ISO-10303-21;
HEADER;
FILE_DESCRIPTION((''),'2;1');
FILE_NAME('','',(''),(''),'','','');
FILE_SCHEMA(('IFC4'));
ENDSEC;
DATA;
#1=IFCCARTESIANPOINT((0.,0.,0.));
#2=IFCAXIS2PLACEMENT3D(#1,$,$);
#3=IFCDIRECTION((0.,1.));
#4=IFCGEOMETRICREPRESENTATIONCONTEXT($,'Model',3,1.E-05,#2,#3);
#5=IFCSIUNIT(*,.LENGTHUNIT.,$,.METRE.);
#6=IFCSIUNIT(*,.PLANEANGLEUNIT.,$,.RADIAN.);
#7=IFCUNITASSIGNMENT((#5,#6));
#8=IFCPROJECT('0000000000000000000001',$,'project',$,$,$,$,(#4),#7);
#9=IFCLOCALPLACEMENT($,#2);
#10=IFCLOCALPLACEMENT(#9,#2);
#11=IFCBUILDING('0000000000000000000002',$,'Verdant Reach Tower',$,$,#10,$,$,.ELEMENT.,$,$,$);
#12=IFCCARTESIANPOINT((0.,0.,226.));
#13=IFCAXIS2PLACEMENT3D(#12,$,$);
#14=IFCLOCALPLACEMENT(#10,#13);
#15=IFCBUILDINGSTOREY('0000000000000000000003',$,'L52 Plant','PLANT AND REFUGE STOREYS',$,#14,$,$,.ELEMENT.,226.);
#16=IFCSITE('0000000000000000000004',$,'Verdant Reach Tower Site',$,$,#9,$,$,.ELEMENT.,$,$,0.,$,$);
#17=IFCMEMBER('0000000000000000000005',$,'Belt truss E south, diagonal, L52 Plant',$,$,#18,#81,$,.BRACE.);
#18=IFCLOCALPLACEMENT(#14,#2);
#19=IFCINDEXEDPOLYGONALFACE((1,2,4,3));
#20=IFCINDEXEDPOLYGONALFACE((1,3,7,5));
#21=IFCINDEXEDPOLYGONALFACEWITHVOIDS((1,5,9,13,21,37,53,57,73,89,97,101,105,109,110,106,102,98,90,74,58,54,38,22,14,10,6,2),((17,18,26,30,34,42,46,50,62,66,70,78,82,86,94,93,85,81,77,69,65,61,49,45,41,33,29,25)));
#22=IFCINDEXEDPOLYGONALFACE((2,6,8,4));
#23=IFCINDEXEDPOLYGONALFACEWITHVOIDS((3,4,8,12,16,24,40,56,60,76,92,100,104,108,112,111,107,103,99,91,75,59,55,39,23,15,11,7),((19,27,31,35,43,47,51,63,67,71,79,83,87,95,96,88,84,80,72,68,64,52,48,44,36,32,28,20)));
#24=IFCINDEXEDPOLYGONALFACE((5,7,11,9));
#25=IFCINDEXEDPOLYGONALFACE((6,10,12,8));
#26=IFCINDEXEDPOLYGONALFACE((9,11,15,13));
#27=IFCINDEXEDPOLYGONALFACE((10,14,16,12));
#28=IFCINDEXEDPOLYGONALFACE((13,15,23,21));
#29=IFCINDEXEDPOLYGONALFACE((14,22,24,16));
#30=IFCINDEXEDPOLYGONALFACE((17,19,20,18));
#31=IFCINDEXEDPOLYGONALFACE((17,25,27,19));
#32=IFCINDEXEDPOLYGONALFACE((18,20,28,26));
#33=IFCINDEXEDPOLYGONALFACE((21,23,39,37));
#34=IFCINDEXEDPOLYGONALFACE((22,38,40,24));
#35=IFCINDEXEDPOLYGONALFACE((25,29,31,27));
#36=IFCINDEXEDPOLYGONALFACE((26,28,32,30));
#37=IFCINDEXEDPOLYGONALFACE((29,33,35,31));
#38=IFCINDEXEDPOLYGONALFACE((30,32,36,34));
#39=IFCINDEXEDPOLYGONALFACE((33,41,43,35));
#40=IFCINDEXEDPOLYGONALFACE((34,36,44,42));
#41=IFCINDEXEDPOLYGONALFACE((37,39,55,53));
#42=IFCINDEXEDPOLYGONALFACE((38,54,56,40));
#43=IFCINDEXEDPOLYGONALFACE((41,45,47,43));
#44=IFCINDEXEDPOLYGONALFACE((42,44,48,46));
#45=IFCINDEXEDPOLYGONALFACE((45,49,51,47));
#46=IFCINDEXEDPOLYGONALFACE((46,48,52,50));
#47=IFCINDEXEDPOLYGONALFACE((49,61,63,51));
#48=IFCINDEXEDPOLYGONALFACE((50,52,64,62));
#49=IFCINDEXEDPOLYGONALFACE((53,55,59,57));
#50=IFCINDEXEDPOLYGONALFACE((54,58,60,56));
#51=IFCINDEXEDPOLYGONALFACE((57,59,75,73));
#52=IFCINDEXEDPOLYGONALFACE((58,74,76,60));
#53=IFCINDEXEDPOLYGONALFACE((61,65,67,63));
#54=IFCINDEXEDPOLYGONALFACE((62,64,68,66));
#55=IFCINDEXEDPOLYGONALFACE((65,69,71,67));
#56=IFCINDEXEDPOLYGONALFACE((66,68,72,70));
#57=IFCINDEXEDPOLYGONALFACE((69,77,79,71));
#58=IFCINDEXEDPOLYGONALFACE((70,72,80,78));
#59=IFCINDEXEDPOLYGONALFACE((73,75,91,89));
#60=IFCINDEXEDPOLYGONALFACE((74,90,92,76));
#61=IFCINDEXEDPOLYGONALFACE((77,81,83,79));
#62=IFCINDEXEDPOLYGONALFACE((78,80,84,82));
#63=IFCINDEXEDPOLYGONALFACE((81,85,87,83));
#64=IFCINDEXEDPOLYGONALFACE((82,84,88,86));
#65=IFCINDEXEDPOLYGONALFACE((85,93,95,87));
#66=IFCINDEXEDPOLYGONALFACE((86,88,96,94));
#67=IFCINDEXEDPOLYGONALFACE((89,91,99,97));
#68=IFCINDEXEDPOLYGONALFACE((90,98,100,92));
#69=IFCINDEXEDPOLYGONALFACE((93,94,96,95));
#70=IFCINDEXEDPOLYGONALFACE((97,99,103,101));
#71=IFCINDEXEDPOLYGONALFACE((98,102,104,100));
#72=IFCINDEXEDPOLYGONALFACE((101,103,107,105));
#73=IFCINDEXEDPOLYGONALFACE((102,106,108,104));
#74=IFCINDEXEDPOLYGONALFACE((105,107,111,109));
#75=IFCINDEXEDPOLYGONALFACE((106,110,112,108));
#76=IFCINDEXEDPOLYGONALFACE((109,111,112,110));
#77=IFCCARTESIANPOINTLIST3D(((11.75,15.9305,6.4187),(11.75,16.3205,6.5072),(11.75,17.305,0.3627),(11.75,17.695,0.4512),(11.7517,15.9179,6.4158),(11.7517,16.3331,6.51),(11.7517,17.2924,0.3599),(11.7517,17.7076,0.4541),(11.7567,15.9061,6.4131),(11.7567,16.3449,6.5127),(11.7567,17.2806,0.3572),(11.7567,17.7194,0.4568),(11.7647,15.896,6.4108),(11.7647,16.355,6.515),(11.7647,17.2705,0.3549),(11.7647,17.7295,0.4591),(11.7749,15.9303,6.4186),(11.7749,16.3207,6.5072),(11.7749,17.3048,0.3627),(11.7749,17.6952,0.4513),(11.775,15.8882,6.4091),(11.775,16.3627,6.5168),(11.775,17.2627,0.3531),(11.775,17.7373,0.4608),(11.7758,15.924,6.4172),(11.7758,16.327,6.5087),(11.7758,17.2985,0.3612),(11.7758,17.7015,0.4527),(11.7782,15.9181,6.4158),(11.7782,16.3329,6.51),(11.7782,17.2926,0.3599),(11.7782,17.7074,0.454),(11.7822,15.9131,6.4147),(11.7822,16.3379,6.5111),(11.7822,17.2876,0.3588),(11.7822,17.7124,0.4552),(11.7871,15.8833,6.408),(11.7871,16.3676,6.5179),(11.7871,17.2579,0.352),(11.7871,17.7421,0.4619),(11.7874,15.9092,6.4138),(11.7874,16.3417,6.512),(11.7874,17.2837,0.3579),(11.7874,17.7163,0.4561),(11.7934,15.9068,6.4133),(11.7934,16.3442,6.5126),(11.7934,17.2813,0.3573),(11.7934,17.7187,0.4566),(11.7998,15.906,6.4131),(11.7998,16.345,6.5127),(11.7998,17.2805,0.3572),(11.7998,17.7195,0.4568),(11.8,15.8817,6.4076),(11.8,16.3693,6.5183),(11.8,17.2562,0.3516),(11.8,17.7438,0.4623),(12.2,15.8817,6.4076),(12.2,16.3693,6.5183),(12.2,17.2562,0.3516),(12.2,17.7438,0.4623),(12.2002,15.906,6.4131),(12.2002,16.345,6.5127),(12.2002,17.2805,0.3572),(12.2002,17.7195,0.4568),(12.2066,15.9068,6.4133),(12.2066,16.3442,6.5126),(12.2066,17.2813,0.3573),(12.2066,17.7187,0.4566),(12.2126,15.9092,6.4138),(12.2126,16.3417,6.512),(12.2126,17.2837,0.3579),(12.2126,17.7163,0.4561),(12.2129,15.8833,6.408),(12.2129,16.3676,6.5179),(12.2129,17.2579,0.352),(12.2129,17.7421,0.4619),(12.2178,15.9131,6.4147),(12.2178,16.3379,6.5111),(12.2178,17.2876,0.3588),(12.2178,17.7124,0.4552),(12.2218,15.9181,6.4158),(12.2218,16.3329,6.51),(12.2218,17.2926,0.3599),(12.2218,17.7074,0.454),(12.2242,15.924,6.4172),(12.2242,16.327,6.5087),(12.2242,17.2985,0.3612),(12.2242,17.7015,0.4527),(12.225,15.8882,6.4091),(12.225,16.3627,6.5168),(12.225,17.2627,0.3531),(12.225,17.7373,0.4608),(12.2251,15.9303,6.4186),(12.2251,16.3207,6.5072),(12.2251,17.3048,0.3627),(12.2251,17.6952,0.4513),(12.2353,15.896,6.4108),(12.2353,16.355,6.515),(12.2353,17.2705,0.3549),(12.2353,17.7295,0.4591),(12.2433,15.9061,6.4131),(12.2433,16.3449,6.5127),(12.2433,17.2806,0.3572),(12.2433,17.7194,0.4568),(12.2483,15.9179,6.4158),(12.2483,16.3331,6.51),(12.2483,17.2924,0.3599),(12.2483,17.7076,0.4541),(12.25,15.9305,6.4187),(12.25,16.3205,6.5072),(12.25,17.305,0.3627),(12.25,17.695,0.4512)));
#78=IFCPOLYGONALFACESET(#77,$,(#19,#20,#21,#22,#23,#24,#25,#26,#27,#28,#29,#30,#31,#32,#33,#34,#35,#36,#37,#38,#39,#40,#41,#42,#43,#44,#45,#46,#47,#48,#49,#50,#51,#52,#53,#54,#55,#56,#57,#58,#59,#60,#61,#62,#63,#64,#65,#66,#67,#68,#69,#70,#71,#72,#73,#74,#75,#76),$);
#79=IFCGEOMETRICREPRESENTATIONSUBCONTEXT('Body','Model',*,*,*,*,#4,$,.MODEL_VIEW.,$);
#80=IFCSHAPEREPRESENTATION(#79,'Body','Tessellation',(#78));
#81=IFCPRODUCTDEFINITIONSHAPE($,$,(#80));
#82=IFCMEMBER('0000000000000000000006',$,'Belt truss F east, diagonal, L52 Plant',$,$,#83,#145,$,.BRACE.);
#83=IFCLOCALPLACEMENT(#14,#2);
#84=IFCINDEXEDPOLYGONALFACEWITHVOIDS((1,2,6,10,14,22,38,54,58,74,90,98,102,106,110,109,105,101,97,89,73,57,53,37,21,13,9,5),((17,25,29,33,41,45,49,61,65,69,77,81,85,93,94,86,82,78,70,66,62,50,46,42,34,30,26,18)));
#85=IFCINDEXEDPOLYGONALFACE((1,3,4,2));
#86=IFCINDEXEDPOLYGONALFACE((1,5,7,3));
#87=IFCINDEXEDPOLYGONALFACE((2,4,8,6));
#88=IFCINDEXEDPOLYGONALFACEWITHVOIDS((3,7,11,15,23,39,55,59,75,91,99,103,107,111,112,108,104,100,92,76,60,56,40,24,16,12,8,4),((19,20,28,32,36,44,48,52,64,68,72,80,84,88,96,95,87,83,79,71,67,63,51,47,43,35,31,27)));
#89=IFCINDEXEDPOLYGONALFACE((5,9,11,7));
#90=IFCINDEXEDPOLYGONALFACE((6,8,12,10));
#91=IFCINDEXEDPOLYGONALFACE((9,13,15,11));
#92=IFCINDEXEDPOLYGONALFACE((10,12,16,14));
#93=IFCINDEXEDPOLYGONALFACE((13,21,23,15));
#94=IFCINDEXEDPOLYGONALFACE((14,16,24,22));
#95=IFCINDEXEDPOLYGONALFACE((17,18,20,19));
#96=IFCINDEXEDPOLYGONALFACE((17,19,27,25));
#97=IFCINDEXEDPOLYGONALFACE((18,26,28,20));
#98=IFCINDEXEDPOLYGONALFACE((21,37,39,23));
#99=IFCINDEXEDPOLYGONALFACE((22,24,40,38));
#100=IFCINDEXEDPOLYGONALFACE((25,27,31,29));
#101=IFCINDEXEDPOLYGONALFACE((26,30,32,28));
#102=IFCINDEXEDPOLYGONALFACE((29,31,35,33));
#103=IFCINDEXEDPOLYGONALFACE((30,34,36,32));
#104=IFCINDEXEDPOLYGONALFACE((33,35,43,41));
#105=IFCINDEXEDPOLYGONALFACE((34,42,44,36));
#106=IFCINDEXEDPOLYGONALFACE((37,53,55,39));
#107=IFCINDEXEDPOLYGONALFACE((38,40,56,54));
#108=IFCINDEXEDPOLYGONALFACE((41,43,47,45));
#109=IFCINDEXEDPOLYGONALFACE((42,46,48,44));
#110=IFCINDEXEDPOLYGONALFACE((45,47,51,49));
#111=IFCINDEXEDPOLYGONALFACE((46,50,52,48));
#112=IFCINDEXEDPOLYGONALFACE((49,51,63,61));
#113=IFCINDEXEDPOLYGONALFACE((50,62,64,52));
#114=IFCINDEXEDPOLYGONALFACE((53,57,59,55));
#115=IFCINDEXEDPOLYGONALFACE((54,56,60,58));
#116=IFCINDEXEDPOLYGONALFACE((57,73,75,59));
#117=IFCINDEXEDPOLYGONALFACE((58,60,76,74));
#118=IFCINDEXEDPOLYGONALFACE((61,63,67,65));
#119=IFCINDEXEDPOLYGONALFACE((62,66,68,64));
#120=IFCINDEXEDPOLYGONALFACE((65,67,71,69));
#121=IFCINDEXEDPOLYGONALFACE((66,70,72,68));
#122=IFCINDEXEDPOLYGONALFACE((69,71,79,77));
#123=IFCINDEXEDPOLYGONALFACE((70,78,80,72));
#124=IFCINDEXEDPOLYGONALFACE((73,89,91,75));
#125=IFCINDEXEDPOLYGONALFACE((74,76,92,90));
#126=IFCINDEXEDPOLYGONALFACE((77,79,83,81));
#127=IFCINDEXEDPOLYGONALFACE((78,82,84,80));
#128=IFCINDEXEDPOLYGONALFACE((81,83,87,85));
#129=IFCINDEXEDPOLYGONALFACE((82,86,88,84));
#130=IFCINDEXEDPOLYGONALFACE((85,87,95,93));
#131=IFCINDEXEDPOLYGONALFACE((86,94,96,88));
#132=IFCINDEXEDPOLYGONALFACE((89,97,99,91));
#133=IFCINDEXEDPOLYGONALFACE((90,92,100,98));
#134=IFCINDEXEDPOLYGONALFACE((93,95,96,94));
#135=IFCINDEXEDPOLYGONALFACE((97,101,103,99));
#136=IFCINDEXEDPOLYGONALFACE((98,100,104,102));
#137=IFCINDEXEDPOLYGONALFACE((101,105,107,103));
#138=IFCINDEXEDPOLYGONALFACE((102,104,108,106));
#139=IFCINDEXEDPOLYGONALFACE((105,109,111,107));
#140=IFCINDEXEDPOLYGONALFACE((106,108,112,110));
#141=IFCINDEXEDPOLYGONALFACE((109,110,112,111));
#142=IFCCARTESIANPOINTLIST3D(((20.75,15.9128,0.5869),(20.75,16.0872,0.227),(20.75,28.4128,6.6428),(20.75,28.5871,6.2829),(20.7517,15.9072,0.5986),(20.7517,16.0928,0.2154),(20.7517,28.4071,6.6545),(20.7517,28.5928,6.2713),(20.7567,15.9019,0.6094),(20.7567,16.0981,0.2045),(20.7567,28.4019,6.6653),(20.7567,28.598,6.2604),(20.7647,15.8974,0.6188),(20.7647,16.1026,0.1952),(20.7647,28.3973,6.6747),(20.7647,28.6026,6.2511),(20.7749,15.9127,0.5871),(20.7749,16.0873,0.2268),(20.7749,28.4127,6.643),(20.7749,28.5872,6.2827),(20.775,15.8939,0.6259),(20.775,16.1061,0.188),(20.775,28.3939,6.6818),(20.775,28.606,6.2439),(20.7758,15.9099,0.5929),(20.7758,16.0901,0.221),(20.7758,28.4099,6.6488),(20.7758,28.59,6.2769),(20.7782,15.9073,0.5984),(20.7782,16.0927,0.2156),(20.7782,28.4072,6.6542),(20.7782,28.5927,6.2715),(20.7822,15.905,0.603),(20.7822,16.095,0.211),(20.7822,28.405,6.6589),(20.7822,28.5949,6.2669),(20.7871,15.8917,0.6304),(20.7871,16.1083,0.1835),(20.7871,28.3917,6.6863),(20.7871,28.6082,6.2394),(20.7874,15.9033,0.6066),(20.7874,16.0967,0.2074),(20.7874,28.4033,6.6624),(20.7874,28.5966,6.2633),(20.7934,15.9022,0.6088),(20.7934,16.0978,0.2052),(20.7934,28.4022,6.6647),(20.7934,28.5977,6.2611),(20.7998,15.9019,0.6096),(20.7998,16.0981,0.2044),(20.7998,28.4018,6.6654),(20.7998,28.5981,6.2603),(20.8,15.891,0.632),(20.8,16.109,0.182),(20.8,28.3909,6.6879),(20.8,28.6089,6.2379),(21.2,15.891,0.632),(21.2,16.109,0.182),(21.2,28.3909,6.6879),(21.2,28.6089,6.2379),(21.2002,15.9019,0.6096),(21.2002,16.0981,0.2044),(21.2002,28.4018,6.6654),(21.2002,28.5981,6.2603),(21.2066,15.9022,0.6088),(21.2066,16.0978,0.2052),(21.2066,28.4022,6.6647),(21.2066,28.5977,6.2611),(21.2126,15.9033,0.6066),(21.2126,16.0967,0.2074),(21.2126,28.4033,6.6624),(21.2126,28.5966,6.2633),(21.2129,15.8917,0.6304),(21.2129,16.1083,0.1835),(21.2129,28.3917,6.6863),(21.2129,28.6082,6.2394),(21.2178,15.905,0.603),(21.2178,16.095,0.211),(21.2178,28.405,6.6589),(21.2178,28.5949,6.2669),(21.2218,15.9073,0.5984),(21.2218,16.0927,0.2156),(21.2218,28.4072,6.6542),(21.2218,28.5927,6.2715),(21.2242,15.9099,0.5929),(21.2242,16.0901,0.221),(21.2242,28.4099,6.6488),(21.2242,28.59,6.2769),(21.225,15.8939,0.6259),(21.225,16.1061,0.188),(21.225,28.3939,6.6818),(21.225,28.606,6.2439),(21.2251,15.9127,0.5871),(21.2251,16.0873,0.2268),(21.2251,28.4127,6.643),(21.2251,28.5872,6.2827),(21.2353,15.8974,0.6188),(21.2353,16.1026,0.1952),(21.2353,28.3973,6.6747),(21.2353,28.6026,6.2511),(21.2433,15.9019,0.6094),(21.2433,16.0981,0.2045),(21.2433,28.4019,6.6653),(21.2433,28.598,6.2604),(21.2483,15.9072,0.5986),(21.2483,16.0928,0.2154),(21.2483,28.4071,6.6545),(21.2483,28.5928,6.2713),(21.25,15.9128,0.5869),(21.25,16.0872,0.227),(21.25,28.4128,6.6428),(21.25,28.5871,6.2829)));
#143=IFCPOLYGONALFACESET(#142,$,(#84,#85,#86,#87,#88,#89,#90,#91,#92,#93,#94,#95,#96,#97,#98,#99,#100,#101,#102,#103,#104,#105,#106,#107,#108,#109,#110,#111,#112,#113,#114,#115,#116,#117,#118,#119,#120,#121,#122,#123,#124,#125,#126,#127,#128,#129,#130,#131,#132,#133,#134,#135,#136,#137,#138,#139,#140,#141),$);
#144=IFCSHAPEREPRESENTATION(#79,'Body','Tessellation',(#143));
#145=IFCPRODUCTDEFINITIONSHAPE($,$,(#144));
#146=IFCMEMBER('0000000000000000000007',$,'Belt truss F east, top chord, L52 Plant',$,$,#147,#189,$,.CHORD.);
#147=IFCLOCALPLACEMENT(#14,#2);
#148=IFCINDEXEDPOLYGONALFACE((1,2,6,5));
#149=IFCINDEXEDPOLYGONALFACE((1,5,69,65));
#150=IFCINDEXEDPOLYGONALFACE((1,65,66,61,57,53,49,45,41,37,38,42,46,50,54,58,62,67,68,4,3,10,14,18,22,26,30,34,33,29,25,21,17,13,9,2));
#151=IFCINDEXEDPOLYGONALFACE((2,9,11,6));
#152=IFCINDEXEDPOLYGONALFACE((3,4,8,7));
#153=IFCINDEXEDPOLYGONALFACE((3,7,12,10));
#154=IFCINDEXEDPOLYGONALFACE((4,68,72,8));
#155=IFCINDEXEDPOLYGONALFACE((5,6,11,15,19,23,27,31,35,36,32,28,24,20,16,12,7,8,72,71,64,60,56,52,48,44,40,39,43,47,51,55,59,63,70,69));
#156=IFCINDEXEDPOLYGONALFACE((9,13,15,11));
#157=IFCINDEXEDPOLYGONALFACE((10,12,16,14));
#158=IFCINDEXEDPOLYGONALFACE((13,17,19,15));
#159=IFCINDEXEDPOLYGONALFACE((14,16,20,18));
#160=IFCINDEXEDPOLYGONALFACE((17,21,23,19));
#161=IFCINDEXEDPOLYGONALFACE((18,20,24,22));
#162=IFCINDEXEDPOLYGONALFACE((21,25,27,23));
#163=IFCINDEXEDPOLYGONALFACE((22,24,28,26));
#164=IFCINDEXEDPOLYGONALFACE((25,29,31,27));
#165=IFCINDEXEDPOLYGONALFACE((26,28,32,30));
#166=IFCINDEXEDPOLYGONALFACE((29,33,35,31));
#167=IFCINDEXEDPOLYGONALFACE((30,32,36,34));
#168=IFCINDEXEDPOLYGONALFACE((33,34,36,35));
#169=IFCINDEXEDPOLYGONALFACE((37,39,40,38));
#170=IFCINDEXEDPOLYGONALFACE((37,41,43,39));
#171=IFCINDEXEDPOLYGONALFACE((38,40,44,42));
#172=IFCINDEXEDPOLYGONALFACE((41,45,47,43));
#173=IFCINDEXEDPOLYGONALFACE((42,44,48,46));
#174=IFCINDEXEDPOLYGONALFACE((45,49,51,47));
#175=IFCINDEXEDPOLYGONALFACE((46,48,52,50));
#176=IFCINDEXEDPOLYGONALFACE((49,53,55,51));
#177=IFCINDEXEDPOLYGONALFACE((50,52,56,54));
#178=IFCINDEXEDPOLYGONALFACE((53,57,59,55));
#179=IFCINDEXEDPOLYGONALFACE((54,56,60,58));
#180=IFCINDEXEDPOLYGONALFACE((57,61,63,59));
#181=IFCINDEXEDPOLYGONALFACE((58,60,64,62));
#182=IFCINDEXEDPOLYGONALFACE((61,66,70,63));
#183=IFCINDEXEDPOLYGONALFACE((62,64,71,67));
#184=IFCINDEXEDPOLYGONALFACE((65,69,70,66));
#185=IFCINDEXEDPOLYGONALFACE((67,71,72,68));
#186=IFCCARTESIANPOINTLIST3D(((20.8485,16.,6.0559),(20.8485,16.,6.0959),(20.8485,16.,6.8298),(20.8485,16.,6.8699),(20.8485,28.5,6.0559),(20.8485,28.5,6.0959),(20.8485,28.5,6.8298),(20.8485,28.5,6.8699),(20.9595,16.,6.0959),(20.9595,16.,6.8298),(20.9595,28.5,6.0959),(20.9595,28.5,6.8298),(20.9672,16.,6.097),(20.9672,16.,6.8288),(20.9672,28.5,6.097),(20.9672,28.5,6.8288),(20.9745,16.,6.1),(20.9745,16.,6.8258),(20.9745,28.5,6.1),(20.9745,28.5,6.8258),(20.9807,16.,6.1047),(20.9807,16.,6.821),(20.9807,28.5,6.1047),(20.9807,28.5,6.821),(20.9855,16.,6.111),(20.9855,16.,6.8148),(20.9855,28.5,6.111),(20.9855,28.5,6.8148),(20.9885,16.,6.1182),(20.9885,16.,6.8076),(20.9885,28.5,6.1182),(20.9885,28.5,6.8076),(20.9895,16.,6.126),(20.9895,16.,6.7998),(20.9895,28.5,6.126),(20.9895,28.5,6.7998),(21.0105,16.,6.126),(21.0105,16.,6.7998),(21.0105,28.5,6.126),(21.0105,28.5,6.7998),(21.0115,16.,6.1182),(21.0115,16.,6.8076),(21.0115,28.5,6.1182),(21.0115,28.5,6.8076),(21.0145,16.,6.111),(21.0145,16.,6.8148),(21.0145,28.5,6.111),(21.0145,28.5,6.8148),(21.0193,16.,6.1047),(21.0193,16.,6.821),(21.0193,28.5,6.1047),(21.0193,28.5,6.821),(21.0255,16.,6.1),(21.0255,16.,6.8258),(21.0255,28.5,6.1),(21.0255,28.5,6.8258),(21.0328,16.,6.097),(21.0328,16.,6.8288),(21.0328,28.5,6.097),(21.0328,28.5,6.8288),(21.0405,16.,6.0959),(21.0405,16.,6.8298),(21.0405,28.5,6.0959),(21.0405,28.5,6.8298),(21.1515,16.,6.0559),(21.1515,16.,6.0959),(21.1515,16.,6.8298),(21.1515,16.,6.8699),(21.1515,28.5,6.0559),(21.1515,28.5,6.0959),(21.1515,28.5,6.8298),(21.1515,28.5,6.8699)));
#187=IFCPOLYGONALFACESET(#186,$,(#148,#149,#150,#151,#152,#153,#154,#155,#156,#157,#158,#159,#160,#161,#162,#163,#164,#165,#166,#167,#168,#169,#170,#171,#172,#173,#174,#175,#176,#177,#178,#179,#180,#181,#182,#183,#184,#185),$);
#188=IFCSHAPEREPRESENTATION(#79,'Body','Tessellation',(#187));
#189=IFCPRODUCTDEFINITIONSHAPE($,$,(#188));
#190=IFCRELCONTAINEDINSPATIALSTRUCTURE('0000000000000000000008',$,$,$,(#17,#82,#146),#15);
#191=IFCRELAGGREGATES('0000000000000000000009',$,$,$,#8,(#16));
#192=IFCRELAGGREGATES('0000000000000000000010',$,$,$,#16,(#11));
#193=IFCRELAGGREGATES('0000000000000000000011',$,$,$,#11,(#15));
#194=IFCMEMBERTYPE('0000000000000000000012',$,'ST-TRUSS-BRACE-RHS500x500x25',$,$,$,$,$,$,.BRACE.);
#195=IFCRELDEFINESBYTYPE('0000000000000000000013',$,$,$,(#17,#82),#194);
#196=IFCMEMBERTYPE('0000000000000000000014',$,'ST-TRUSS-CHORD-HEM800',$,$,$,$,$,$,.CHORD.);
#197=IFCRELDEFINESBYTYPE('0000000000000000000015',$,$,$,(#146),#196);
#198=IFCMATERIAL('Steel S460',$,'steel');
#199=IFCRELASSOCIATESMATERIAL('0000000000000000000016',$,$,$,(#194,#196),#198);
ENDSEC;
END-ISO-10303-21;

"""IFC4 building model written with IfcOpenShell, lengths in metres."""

from ifc_helpers import new_model, si_unit, direction, frame, origin, origin_2d, place, context, subcontext, project, spatial, hollow_rectangle, i_section, extrude, material, material_profile, profile_set, type_object, element, save


model = new_model("IFC4")

# Units and contexts
model_context = context("Model", 3, precision=1e-05, world=origin(), true_north=direction((0.0, 1.0)))
body_context = subcontext(model_context, "Body", "Model", "MODEL_VIEW")
ifc_project = project(units=[si_unit("LENGTHUNIT", "METRE"), si_unit("PLANEANGLEUNIT", "RADIAN")], contexts=[model_context])

# Site, building, storey
site_placement = place(None, origin())
site = spatial("IfcSite", under=ifc_project, at=site_placement, Name="Verdant Reach Tower Site", CompositionType="ELEMENT", RefElevation=0.0)
building_placement = place(site_placement, origin())
building = spatial("IfcBuilding", under=site, at=building_placement, Name="Verdant Reach Tower", CompositionType="ELEMENT")
storey_placement = place(building_placement, frame((0.0, 0.0, 226.0)))
storey = spatial("IfcBuildingStorey", under=building, at=storey_placement, Name="L52 Plant", Description="PLANT AND REFUGE STOREYS", CompositionType="ELEMENT", Elevation=226.0)

# Shared definitions
ifc_material_1 = material(Name="Steel S460", Category="steel")

# Members
ifc_material_profile_1 = material_profile(ifc_material_1, hollow_rectangle(XDim=0.5, YDim=0.5, WallThickness=0.0249, InnerFilletRadius=0.0249, OuterFilletRadius=0.05, at=origin_2d()), Name="RHS 500x500x25")
ifc_profile_set_1 = profile_set([ifc_material_profile_1], Name="Steel S460")
member_type_1 = type_object("IfcMemberType", Name="ST-TRUSS-BRACE-RHS500x500x25", PredefinedType="BRACE", material=ifc_profile_set_1)
member_1_placement = place(storey_placement, frame((12.0, 17.5, 0.407), z_axis=(0.0, -0.221341, 0.975197), x_axis=(1.0, 0.0, 0.0)))
element("IfcMember", 1, at=member_1_placement, inside=storey, type_object=member_type_1, Name="Belt truss E south, diagonal, L52 Plant", PredefinedType="BRACE", context=body_context, shape_type="SweptSolid", body=[
    extrude(hollow_rectangle(XDim=0.5, YDim=0.5, WallThickness=0.0249, InnerFilletRadius=0.0249, OuterFilletRadius=0.05, at=origin_2d()), origin(), (0.0, 0.0, 1.0), 6.21),
])
member_2_placement = place(storey_placement, frame((21.0, 16.0, 0.407), z_axis=(0.0, 0.899947, 0.436), x_axis=(-1.0, 0.0, 0.0)))
element("IfcMember", 2, at=member_2_placement, inside=storey, type_object=member_type_1, Name="Belt truss F east, diagonal, L52 Plant", PredefinedType="BRACE", context=body_context, shape_type="SweptSolid", body=[
    extrude(hollow_rectangle(XDim=0.5, YDim=0.5, WallThickness=0.0249, InnerFilletRadius=0.0249, OuterFilletRadius=0.05, at=origin_2d()), origin(), (0.0, 0.0, 1.0), 13.8896),
])
ifc_material_profile_2 = material_profile(ifc_material_1, i_section(OverallWidth=0.303, OverallDepth=0.814, WebThickness=0.021, FlangeThickness=0.04, FilletRadius=0.03, at=origin_2d()), Name="HEM 800")
ifc_profile_set_2 = profile_set([ifc_material_profile_2], Name="Steel S460")
member_type_2 = type_object("IfcMemberType", Name="ST-TRUSS-CHORD-HEM800", PredefinedType="CHORD", material=ifc_profile_set_2)
for number, where, z_axis, x_axis, name in (
    (3, (21.0, 16.0, 6.4629), (0.0, 1.0, 0.0), (-1.0, 0.0, 0.0), "Belt truss F east, top chord, L52 Plant"),
):
    element("IfcMember", number, at=place(storey_placement, frame(where, z_axis=z_axis, x_axis=x_axis)), inside=storey, type_object=member_type_2, Name=name, PredefinedType="CHORD", context=body_context, shape_type="SweptSolid", body=[
        extrude(i_section(OverallWidth=0.303, OverallDepth=0.814, WebThickness=0.021, FlangeThickness=0.04, FilletRadius=0.03, at=origin_2d()), origin(), (0.0, 0.0, 1.0), 12.5),
    ])

save(model, "model.ifc")
